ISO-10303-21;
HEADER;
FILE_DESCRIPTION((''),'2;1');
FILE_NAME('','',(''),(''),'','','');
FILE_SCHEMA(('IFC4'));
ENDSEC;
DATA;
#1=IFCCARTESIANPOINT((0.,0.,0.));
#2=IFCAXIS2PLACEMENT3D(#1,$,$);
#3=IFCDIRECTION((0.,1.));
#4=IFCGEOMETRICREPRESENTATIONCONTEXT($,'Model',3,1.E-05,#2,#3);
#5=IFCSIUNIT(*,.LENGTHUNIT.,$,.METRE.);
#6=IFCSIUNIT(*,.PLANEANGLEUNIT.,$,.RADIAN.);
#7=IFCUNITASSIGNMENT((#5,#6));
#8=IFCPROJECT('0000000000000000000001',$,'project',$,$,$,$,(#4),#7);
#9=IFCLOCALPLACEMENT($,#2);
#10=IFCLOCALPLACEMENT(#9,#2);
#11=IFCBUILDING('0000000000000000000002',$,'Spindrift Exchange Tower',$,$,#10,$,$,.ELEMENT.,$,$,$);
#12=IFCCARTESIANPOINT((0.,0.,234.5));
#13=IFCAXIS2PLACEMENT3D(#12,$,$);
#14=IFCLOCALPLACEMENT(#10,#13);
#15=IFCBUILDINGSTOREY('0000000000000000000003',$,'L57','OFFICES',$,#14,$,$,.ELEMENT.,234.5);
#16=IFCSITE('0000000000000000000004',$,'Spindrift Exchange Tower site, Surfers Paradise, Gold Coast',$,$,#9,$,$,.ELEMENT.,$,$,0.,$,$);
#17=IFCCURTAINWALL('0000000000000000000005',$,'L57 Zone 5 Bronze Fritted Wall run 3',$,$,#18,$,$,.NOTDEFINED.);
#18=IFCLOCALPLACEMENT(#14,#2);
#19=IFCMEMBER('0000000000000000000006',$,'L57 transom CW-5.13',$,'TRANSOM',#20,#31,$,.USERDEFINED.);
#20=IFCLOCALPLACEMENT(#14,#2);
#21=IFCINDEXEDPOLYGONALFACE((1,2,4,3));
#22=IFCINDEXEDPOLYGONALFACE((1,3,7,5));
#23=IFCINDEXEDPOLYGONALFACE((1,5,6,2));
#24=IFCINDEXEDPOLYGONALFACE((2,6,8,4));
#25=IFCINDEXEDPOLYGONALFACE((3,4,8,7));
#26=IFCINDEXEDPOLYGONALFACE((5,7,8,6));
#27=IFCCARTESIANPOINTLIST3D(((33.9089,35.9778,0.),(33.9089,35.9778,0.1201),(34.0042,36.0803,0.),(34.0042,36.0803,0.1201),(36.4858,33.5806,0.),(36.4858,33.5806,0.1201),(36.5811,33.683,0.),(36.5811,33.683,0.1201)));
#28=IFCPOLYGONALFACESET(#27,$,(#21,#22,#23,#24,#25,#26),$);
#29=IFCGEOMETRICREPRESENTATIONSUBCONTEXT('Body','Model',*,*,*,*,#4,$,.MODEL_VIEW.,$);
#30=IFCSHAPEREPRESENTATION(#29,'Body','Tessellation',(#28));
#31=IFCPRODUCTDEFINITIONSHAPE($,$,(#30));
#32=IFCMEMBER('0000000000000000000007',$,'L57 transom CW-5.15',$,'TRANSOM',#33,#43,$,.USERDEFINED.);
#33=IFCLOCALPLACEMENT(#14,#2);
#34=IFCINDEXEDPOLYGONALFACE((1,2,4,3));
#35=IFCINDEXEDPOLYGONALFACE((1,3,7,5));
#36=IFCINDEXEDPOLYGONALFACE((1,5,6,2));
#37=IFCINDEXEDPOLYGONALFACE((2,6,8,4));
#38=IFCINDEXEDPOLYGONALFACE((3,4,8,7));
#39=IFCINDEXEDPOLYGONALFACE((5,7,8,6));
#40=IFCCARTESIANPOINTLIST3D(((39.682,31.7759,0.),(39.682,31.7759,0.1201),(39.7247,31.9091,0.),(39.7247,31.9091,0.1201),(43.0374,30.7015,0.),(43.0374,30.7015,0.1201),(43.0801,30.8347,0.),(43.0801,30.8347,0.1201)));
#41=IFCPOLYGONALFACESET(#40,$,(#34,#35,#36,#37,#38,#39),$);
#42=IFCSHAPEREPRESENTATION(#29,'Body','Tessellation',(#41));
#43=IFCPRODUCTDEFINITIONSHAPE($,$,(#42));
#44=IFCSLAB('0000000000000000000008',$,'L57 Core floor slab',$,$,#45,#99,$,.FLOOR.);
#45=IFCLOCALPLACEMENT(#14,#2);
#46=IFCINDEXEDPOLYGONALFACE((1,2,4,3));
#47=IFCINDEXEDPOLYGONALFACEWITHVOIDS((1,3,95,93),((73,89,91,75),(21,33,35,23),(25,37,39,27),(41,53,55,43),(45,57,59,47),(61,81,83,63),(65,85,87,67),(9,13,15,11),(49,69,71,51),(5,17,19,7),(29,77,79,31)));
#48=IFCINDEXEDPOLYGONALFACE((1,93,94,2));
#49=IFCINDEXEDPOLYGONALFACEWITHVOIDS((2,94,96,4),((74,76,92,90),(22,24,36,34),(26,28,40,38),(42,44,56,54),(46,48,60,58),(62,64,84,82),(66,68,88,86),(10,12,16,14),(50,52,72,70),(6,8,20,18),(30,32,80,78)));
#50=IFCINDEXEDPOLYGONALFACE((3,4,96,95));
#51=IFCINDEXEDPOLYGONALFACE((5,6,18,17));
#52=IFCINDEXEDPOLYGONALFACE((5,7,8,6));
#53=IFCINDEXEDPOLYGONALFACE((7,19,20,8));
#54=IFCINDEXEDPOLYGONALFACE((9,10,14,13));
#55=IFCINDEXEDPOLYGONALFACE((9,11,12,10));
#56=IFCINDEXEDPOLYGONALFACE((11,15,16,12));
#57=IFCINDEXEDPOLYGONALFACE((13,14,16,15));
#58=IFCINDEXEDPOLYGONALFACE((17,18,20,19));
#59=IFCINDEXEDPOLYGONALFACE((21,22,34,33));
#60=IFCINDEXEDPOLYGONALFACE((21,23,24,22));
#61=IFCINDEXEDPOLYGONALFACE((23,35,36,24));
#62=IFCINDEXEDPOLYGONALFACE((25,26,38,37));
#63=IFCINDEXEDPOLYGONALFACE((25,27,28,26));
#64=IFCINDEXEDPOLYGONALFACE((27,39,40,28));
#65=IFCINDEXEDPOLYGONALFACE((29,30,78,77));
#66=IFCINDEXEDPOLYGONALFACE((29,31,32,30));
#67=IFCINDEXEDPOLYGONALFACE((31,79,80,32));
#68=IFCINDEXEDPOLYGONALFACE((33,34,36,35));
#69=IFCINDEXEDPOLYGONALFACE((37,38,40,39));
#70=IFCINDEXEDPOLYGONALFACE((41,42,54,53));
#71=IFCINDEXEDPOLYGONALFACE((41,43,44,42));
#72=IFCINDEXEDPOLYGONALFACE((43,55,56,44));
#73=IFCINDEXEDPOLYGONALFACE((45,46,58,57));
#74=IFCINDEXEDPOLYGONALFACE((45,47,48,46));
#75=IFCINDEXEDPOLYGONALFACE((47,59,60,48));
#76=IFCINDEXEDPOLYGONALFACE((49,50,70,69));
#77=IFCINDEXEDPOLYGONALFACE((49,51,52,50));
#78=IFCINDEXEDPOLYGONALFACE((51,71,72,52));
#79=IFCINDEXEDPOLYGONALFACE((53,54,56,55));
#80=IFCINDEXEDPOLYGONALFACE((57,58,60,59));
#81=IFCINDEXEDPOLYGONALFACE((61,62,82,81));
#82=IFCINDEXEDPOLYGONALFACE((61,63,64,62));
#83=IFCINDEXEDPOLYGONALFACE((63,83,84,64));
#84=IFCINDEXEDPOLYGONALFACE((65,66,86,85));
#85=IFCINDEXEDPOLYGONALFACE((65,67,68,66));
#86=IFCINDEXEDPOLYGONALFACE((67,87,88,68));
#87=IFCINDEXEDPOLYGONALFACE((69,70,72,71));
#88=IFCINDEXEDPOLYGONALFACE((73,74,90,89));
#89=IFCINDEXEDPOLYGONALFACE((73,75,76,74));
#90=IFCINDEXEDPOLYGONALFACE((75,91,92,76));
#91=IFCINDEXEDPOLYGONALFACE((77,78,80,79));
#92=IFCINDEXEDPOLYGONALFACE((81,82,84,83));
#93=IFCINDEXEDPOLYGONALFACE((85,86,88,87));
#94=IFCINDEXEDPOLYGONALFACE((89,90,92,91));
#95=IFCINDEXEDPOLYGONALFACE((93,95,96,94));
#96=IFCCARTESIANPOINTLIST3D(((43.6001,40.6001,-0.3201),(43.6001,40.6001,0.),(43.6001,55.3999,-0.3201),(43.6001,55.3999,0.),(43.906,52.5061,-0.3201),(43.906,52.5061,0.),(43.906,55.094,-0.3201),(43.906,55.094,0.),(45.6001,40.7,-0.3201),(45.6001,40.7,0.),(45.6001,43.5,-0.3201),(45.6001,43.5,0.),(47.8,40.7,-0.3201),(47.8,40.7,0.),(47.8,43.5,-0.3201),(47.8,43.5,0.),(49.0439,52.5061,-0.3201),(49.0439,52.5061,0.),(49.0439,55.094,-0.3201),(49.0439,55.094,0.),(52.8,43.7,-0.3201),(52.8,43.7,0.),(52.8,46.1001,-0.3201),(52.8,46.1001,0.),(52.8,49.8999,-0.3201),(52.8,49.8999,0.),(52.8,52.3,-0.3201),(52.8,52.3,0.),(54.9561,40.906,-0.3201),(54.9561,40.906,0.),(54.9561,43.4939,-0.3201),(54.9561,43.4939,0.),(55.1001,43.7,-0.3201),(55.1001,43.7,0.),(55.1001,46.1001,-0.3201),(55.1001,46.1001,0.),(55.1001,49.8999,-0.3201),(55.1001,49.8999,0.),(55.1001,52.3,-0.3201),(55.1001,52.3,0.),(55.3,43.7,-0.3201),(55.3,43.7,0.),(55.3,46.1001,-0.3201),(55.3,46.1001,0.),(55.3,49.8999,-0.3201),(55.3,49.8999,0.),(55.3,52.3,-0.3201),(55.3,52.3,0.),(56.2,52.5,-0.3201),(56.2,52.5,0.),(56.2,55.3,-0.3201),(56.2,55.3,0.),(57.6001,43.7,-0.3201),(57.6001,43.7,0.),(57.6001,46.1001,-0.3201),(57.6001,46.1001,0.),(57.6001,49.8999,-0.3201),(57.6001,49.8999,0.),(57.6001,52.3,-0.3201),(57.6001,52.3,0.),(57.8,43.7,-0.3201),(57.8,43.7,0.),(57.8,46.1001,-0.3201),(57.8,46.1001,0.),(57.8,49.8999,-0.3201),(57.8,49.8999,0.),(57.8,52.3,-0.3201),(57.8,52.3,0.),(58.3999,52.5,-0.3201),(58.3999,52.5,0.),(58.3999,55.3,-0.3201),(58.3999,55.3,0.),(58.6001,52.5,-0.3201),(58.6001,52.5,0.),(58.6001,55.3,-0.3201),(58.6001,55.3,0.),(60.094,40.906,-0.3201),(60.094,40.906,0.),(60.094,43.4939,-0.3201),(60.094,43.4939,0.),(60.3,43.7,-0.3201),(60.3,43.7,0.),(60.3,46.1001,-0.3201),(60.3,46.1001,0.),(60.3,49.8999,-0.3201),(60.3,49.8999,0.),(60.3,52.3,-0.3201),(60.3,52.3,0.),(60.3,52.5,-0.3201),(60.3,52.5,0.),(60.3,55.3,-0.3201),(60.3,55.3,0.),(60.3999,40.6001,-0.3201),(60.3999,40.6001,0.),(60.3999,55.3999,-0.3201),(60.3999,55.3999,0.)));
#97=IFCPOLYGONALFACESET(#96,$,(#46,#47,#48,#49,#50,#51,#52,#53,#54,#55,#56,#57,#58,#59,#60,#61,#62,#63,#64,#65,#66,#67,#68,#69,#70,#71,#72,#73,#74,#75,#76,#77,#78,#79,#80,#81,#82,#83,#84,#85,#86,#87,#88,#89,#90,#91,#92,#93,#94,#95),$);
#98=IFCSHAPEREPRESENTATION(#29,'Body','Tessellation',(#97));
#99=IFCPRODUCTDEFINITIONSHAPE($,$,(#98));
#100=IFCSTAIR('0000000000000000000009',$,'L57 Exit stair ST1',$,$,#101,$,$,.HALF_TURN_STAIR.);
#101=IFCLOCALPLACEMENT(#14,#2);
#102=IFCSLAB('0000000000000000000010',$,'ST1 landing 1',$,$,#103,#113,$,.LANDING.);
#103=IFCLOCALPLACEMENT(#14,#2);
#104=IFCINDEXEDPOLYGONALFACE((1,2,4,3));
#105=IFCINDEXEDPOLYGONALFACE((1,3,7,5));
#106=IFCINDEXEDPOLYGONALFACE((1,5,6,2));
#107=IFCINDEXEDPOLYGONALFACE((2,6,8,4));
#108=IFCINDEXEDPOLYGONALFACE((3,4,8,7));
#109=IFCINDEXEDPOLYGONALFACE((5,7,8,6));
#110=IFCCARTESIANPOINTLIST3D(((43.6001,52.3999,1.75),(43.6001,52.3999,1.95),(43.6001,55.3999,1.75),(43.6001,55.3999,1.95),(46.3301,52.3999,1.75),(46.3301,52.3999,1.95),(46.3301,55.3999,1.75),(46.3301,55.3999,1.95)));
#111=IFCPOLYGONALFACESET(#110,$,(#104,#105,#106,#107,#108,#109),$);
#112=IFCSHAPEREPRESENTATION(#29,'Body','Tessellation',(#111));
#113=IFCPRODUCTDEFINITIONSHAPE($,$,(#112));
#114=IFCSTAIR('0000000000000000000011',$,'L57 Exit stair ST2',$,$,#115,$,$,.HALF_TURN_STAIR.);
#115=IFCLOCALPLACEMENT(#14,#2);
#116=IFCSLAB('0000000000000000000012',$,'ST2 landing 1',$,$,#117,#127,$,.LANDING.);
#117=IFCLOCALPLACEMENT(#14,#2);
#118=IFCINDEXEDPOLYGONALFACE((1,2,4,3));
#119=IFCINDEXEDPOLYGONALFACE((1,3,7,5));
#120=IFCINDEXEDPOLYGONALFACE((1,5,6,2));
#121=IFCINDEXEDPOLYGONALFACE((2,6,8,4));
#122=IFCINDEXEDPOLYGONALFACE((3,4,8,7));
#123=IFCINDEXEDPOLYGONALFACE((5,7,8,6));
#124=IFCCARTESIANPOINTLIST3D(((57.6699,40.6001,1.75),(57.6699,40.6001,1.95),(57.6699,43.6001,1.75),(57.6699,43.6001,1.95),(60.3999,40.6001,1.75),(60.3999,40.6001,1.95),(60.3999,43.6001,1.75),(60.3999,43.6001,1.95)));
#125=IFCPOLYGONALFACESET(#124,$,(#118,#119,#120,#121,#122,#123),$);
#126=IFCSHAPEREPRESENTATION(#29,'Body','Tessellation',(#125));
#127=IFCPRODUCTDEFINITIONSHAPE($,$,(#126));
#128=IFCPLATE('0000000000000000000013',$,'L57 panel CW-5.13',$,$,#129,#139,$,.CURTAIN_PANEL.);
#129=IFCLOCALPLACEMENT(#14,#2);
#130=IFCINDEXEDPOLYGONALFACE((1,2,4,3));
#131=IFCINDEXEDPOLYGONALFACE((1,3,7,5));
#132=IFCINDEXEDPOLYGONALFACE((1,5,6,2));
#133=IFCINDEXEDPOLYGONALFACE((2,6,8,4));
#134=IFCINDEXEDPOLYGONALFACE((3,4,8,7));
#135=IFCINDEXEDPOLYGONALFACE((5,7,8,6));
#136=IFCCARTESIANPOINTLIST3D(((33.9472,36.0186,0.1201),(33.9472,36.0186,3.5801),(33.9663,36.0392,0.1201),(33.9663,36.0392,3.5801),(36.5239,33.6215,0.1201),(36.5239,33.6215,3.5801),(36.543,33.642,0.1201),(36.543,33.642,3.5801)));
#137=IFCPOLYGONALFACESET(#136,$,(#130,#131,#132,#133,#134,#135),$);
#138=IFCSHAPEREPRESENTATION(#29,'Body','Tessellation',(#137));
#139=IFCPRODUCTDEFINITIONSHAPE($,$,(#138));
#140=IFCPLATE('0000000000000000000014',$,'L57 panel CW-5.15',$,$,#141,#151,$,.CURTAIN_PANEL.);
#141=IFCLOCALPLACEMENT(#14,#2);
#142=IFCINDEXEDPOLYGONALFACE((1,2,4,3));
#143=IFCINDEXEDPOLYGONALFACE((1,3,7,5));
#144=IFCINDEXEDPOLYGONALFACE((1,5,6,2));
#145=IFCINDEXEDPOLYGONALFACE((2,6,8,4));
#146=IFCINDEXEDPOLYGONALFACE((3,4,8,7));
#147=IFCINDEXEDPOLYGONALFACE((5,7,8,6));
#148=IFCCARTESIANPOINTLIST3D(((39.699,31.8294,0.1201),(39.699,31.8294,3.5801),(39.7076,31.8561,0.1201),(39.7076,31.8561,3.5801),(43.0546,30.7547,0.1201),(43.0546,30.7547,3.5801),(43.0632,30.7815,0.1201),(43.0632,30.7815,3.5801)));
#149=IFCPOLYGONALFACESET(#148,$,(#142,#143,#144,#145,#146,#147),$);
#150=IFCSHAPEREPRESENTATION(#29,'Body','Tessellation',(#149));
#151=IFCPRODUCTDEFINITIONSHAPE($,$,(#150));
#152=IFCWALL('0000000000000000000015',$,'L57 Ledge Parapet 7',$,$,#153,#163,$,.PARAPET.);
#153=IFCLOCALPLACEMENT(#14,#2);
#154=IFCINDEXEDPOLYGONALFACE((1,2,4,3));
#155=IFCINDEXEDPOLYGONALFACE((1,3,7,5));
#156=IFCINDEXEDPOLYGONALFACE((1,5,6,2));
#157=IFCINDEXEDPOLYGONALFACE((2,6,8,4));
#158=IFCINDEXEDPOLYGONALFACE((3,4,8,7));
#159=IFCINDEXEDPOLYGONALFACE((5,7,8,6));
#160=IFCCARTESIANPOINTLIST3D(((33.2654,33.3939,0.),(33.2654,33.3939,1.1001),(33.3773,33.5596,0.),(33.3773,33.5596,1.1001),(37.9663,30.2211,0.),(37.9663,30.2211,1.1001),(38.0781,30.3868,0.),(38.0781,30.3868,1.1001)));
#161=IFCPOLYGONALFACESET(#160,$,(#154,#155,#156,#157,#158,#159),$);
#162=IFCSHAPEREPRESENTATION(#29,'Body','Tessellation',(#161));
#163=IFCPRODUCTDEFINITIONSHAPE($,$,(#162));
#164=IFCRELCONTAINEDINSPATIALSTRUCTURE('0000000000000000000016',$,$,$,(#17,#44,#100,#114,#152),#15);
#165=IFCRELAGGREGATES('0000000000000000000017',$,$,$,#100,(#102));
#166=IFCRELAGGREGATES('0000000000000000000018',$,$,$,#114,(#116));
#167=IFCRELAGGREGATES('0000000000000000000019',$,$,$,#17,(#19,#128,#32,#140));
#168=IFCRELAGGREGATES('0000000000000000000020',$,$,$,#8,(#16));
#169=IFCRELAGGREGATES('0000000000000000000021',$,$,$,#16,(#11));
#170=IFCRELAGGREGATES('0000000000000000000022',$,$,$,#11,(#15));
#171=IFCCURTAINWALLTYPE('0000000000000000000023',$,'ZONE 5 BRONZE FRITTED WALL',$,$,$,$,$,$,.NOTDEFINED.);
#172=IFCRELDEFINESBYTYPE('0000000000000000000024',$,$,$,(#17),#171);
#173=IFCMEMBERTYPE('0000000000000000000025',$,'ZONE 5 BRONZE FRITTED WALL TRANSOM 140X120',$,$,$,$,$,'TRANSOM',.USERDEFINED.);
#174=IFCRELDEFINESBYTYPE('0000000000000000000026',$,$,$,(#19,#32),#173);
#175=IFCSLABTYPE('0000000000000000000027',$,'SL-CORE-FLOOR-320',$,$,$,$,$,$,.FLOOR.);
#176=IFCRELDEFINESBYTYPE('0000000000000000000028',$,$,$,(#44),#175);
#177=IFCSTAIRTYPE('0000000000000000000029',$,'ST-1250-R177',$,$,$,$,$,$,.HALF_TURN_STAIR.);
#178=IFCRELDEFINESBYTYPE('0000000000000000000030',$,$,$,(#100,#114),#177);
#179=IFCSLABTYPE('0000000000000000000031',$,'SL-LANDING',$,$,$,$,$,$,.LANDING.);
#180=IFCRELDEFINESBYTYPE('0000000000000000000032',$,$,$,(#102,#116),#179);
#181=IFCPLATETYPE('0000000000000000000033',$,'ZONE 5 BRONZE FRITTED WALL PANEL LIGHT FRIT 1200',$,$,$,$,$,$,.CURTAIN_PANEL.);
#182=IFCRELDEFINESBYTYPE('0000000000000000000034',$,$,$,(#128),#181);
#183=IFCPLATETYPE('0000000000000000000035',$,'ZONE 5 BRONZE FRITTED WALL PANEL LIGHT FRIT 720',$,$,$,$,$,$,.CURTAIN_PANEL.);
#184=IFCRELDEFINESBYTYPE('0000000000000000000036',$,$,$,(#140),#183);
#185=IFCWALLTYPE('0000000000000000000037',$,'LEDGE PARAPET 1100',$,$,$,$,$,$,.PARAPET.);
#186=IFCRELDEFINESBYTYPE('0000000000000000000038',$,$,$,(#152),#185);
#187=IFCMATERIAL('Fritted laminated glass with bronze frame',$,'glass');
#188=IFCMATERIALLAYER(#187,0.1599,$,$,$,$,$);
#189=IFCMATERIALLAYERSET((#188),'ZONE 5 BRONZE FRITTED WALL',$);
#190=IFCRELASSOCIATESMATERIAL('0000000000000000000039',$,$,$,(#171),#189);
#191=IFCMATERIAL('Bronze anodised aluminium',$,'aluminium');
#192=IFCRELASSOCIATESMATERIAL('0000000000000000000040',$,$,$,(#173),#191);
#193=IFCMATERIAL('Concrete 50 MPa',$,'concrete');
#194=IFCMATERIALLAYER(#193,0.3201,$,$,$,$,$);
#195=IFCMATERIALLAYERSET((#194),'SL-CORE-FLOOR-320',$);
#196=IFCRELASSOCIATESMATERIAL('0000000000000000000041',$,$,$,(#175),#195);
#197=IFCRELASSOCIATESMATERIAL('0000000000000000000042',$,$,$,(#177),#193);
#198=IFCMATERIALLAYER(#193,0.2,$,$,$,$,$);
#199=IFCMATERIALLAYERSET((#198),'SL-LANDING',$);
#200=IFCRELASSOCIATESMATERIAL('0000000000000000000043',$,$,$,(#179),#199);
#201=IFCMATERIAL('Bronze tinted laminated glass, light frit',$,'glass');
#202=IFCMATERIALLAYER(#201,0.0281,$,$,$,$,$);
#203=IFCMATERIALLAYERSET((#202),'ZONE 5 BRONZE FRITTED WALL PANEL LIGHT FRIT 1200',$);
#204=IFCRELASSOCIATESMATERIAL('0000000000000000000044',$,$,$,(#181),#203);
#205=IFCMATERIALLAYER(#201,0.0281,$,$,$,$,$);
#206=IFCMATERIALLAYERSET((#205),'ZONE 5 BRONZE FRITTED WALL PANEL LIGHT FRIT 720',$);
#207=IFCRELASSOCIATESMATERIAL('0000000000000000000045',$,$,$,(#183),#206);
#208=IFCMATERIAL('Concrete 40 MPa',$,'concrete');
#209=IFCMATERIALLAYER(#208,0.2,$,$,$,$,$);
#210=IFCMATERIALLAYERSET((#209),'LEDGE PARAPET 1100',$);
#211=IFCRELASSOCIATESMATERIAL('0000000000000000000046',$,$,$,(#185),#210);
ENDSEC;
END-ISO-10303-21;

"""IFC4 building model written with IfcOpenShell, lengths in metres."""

from ifc_helpers import new_model, si_unit, direction, frame, frame_2d, origin, origin_2d, place, context, subcontext, project, spatial, line, indexed_curve, rectangle, outline, extrude, source, transform, mapped, material, layer, layer_set, material_profile, profile_set, type_object, element, aggregate, save


model = new_model("IFC4")

# Units and contexts
model_context = context("Model", 3, precision=1e-05, world=origin(), true_north=direction((0.0, 1.0)))
body_context = subcontext(model_context, "Body", "Model", "MODEL_VIEW")
ifc_project = project(units=[si_unit("LENGTHUNIT", "METRE"), si_unit("PLANEANGLEUNIT", "RADIAN")], contexts=[model_context])

# Site, building, storey
site_placement = place(None, origin())
site = spatial("IfcSite", under=ifc_project, at=site_placement, Name="Spindrift Exchange Tower site, Surfers Paradise, Gold Coast", CompositionType="ELEMENT", RefElevation=0.0)
building_placement = place(site_placement, origin())
building = spatial("IfcBuilding", under=site, at=building_placement, Name="Spindrift Exchange Tower", CompositionType="ELEMENT")
storey_placement = place(building_placement, frame((0.0, 0.0, 234.5)))
storey = spatial("IfcBuildingStorey", under=building, at=storey_placement, Name="L57", Description="OFFICES", CompositionType="ELEMENT", Elevation=234.5)

# Shared definitions
ifc_material_1 = material(Name="Concrete 40 MPa", Category="concrete")

# Curtain wall, members
ifc_material_2 = material(Name="Fritted laminated glass with bronze frame", Category="glass")
ifc_layer_1 = layer(ifc_material_2, 0.1599)
ifc_layer_set_1 = layer_set([ifc_layer_1], Name="ZONE 5 BRONZE FRITTED WALL")
curtain_wall_type = type_object("IfcCurtainWallType", Name="ZONE 5 BRONZE FRITTED WALL", PredefinedType="NOTDEFINED", material=ifc_layer_set_1)
curtain_wall_placement = place(storey_placement, origin())
curtain_wall = element("IfcCurtainWall", 1, at=curtain_wall_placement, inside=storey, type_object=curtain_wall_type, Name="L57 Zone 5 Bronze Fritted Wall run 3", PredefinedType="NOTDEFINED")
ifc_material_3 = material(Name="Bronze anodised aluminium", Category="aluminium")
ifc_material_profile_1 = material_profile(ifc_material_3, rectangle(XDim=0.1399, YDim=0.1201, at=origin_2d()), Name="ZONE 5 BRONZE FRITTED WALL TRANSOM 140X120")
ifc_profile_set_1 = profile_set([ifc_material_profile_1], Name="Bronze anodised aluminium")
member_type_1 = type_object("IfcMemberType", Name="ZONE 5 BRONZE FRITTED WALL TRANSOM 140X120", ElementType="TRANSOM", PredefinedType="USERDEFINED", material=ifc_profile_set_1)
shared_shape_1 = source(origin(), body_context, "Body", "SweptSolid", [
    extrude(rectangle(XDim=0.1399, YDim=0.1201, at=origin_2d()), origin(), (0.0, 0.0, 1.0), 3.5195),
])
member_1_placement = place(storey_placement, frame((33.9565, 36.0291, 0.0601), z_axis=(0.732173, -0.681119, 0.0), x_axis=(0.681119, 0.732173, 0.0)))
member_1 = element("IfcMember", 2, at=member_1_placement, type_object=member_type_1, Name="L57 transom CW-5.13", ObjectType="TRANSOM", PredefinedType="USERDEFINED", context=body_context, shape_type="MappedRepresentation", body=[
    mapped(shared_shape_1, transform((0.0, 0.0, 0.0), scale=1.0)),
])
shared_shape_2 = source(origin(), body_context, "Body", "SweptSolid", [
    extrude(rectangle(XDim=0.1399, YDim=0.1201, at=origin_2d()), origin(), (0.0, 0.0, 1.0), 3.5232),
])
member_2_placement = place(storey_placement, frame((39.7034, 31.8425, 0.0601), z_axis=(0.952365, -0.304959, 0.0), x_axis=(0.304959, 0.952365, 0.0)))
member_2 = element("IfcMember", 3, at=member_2_placement, type_object=member_type_1, Name="L57 transom CW-5.15", ObjectType="TRANSOM", PredefinedType="USERDEFINED", context=body_context, shape_type="MappedRepresentation", body=[
    mapped(shared_shape_2, transform((0.0, 0.0, 0.0), scale=1.0)),
])

# Slab
ifc_material_4 = material(Name="Concrete 50 MPa", Category="concrete")
ifc_layer_2 = layer(ifc_material_4, 0.3201)
ifc_layer_set_2 = layer_set([ifc_layer_2], Name="SL-CORE-FLOOR-320")
slab_type_1 = type_object("IfcSlabType", Name="SL-CORE-FLOOR-320", PredefinedType="FLOOR", material=ifc_layer_set_2)
slab_1_placement = place(storey_placement, frame((0.0, 0.0, -0.3201)))
element("IfcSlab", 4, at=slab_1_placement, inside=storey, type_object=slab_type_1, Name="L57 Core floor slab", PredefinedType="FLOOR", context=body_context, shape_type="SweptSolid", body=[
    extrude(outline(indexed_curve([(43.6001, 40.6001), (43.6001, 55.3999), (60.3999, 55.3999), (60.3999, 40.6001)], segments=[line(1, 2, 3, 4, 1)], self_intersect=False), holes=[indexed_curve([(45.6001, 43.5), (45.6001, 40.7), (47.8, 40.7), (47.8, 43.5)], segments=[line(1, 2, 3, 4, 1)], self_intersect=False), indexed_curve([(52.8, 46.1001), (52.8, 43.7), (55.1001, 43.7), (55.1001, 46.1001)], segments=[line(1, 2, 3, 4, 1)], self_intersect=False), indexed_curve([(55.3, 46.1001), (55.3, 43.7), (57.6001, 43.7), (57.6001, 46.1001)], segments=[line(1, 2, 3, 4, 1)], self_intersect=False), indexed_curve([(55.1001, 52.3), (52.8, 52.3), (52.8, 49.8999), (55.1001, 49.8999)], segments=[line(1, 2, 3, 4, 1)], self_intersect=False), indexed_curve([(57.6001, 52.3), (55.3, 52.3), (55.3, 49.8999), (57.6001, 49.8999)], segments=[line(1, 2, 3, 4, 1)], self_intersect=False), indexed_curve([(43.906, 52.5061), (49.0439, 52.5061), (49.0439, 55.094), (43.906, 55.094)], segments=[line(1, 2, 3, 4, 1)], self_intersect=False), indexed_curve([(60.094, 40.906), (60.094, 43.4939), (54.9561, 43.4939), (54.9561, 40.906)], segments=[line(1, 2, 3, 4, 1)], self_intersect=False), indexed_curve([(60.3, 46.1001), (57.8, 46.1001), (57.8, 43.7), (60.3, 43.7)], segments=[line(1, 2, 3, 4, 1)], self_intersect=False), indexed_curve([(57.8, 52.3), (57.8, 49.8999), (60.3, 49.8999), (60.3, 52.3)], segments=[line(1, 2, 3, 4, 1)], self_intersect=False), indexed_curve([(58.3999, 55.3), (56.2, 55.3), (56.2, 52.5), (58.3999, 52.5)], segments=[line(1, 2, 3, 4, 1)], self_intersect=False), indexed_curve([(60.3, 55.3), (58.6001, 55.3), (58.6001, 52.5), (60.3, 52.5)], segments=[line(1, 2, 3, 4, 1)], self_intersect=False)]), origin(), (0.0, 0.0, 1.0), 0.3201),
])

# Stairs, slabs
stair_type = type_object("IfcStairType", Name="ST-1250-R177", PredefinedType="HALF_TURN_STAIR", material=ifc_material_4)
stair_1_placement = place(storey_placement, origin())
stair_1 = element("IfcStair", 5, at=stair_1_placement, inside=storey, type_object=stair_type, Name="L57 Exit stair ST1", PredefinedType="HALF_TURN_STAIR")
ifc_layer_3 = layer(ifc_material_4, 0.2)
ifc_layer_set_3 = layer_set([ifc_layer_3], Name="SL-LANDING")
slab_type_2 = type_object("IfcSlabType", Name="SL-LANDING", PredefinedType="LANDING", material=ifc_layer_set_3)
slab_2_placement = place(storey_placement, frame((0.0, 0.0, 1.75)))
slab_2 = element("IfcSlab", 6, at=slab_2_placement, type_object=slab_type_2, Name="ST1 landing 1", PredefinedType="LANDING", context=body_context, shape_type="SweptSolid", body=[
    extrude(outline(indexed_curve([(46.3301, 52.3999), (43.6001, 52.3999), (43.6001, 55.3999), (46.3301, 55.3999)], segments=[line(1, 2, 3, 4, 1)], self_intersect=False)), origin(), (0.0, 0.0, 1.0), 0.2),
])
aggregate(stair_1, [slab_2])
stair_2_placement = place(storey_placement, origin())
stair_2 = element("IfcStair", 7, at=stair_2_placement, inside=storey, type_object=stair_type, Name="L57 Exit stair ST2", PredefinedType="HALF_TURN_STAIR")
slab_3_placement = place(storey_placement, frame((0.0, 0.0, 1.75)))
slab_3 = element("IfcSlab", 8, at=slab_3_placement, type_object=slab_type_2, Name="ST2 landing 1", PredefinedType="LANDING", context=body_context, shape_type="SweptSolid", body=[
    extrude(outline(indexed_curve([(57.6699, 43.6001), (60.3999, 43.6001), (60.3999, 40.6001), (57.6699, 40.6001)], segments=[line(1, 2, 3, 4, 1)], self_intersect=False)), origin(), (0.0, 0.0, 1.0), 0.2),
])
aggregate(stair_2, [slab_3])

# Plates
ifc_material_5 = material(Name="Bronze tinted laminated glass, light frit", Category="glass")
ifc_layer_4 = layer(ifc_material_5, 0.0281)
ifc_layer_set_4 = layer_set([ifc_layer_4], Name="ZONE 5 BRONZE FRITTED WALL PANEL LIGHT FRIT 1200")
plate_type_1 = type_object("IfcPlateType", Name="ZONE 5 BRONZE FRITTED WALL PANEL LIGHT FRIT 1200", PredefinedType="CURTAIN_PANEL", material=ifc_layer_set_4)
shared_shape_3 = source(origin(), body_context, "Body", "SweptSolid", [
    extrude(rectangle(XDim=3.5193, YDim=0.0281, at=origin_2d()), origin(), (0.0, 0.0, 1.0), 3.46),
])
plate_1_placement = place(storey_placement, frame((35.2451, 34.8303, 0.1201), z_axis=(0.0, 0.0, 1.0), x_axis=(0.732154, -0.681139, 0.0)))
plate_1 = element("IfcPlate", 9, at=plate_1_placement, type_object=plate_type_1, Name="L57 panel CW-5.13", PredefinedType="CURTAIN_PANEL", context=body_context, shape_type="MappedRepresentation", body=[
    mapped(shared_shape_3, transform((0.0, 0.0, 0.0), scale=1.0)),
])
ifc_layer_5 = layer(ifc_material_5, 0.0281)
ifc_layer_set_5 = layer_set([ifc_layer_5], Name="ZONE 5 BRONZE FRITTED WALL PANEL LIGHT FRIT 720")
plate_type_2 = type_object("IfcPlateType", Name="ZONE 5 BRONZE FRITTED WALL PANEL LIGHT FRIT 720", PredefinedType="CURTAIN_PANEL", material=ifc_layer_set_5)
shared_shape_4 = source(origin(), body_context, "Body", "SweptSolid", [
    extrude(rectangle(XDim=3.5234, YDim=0.0281, at=origin_2d()), origin(), (0.0, 0.0, 1.0), 3.46),
])
plate_2_placement = place(storey_placement, frame((41.3811, 31.3054, 0.1201), z_axis=(0.0, 0.0, 1.0), x_axis=(0.952356, -0.304987, 0.0)))
plate_2 = element("IfcPlate", 10, at=plate_2_placement, type_object=plate_type_2, Name="L57 panel CW-5.15", PredefinedType="CURTAIN_PANEL", context=body_context, shape_type="MappedRepresentation", body=[
    mapped(shared_shape_4, transform((0.0, 0.0, 0.0), scale=1.0)),
])
aggregate(curtain_wall, [member_1, plate_1, member_2, plate_2])

# Wall
ifc_layer_6 = layer(ifc_material_1, 0.2)
ifc_layer_set_6 = layer_set([ifc_layer_6], Name="LEDGE PARAPET 1100")
wall_type_1 = type_object("IfcWallType", Name="LEDGE PARAPET 1100", PredefinedType="PARAPET", material=ifc_layer_set_6)
wall_1_placement = place(storey_placement, frame((38.0222, 30.304, 0.0), z_axis=(0.0, 0.0, 1.0), x_axis=(-0.828871, 0.55944, 0.0)))
element("IfcWall", 11, at=wall_1_placement, inside=storey, type_object=wall_type_1, Name="L57 Ledge Parapet 7", PredefinedType="PARAPET", context=body_context, shape_type="SweptSolid", body=[
    extrude(rectangle(XDim=5.6714, YDim=0.2, at=frame_2d((2.8357, 0.0))), origin(), (0.0, 0.0, 1.0), 1.1001),
])

save(model, "model.ifc")
